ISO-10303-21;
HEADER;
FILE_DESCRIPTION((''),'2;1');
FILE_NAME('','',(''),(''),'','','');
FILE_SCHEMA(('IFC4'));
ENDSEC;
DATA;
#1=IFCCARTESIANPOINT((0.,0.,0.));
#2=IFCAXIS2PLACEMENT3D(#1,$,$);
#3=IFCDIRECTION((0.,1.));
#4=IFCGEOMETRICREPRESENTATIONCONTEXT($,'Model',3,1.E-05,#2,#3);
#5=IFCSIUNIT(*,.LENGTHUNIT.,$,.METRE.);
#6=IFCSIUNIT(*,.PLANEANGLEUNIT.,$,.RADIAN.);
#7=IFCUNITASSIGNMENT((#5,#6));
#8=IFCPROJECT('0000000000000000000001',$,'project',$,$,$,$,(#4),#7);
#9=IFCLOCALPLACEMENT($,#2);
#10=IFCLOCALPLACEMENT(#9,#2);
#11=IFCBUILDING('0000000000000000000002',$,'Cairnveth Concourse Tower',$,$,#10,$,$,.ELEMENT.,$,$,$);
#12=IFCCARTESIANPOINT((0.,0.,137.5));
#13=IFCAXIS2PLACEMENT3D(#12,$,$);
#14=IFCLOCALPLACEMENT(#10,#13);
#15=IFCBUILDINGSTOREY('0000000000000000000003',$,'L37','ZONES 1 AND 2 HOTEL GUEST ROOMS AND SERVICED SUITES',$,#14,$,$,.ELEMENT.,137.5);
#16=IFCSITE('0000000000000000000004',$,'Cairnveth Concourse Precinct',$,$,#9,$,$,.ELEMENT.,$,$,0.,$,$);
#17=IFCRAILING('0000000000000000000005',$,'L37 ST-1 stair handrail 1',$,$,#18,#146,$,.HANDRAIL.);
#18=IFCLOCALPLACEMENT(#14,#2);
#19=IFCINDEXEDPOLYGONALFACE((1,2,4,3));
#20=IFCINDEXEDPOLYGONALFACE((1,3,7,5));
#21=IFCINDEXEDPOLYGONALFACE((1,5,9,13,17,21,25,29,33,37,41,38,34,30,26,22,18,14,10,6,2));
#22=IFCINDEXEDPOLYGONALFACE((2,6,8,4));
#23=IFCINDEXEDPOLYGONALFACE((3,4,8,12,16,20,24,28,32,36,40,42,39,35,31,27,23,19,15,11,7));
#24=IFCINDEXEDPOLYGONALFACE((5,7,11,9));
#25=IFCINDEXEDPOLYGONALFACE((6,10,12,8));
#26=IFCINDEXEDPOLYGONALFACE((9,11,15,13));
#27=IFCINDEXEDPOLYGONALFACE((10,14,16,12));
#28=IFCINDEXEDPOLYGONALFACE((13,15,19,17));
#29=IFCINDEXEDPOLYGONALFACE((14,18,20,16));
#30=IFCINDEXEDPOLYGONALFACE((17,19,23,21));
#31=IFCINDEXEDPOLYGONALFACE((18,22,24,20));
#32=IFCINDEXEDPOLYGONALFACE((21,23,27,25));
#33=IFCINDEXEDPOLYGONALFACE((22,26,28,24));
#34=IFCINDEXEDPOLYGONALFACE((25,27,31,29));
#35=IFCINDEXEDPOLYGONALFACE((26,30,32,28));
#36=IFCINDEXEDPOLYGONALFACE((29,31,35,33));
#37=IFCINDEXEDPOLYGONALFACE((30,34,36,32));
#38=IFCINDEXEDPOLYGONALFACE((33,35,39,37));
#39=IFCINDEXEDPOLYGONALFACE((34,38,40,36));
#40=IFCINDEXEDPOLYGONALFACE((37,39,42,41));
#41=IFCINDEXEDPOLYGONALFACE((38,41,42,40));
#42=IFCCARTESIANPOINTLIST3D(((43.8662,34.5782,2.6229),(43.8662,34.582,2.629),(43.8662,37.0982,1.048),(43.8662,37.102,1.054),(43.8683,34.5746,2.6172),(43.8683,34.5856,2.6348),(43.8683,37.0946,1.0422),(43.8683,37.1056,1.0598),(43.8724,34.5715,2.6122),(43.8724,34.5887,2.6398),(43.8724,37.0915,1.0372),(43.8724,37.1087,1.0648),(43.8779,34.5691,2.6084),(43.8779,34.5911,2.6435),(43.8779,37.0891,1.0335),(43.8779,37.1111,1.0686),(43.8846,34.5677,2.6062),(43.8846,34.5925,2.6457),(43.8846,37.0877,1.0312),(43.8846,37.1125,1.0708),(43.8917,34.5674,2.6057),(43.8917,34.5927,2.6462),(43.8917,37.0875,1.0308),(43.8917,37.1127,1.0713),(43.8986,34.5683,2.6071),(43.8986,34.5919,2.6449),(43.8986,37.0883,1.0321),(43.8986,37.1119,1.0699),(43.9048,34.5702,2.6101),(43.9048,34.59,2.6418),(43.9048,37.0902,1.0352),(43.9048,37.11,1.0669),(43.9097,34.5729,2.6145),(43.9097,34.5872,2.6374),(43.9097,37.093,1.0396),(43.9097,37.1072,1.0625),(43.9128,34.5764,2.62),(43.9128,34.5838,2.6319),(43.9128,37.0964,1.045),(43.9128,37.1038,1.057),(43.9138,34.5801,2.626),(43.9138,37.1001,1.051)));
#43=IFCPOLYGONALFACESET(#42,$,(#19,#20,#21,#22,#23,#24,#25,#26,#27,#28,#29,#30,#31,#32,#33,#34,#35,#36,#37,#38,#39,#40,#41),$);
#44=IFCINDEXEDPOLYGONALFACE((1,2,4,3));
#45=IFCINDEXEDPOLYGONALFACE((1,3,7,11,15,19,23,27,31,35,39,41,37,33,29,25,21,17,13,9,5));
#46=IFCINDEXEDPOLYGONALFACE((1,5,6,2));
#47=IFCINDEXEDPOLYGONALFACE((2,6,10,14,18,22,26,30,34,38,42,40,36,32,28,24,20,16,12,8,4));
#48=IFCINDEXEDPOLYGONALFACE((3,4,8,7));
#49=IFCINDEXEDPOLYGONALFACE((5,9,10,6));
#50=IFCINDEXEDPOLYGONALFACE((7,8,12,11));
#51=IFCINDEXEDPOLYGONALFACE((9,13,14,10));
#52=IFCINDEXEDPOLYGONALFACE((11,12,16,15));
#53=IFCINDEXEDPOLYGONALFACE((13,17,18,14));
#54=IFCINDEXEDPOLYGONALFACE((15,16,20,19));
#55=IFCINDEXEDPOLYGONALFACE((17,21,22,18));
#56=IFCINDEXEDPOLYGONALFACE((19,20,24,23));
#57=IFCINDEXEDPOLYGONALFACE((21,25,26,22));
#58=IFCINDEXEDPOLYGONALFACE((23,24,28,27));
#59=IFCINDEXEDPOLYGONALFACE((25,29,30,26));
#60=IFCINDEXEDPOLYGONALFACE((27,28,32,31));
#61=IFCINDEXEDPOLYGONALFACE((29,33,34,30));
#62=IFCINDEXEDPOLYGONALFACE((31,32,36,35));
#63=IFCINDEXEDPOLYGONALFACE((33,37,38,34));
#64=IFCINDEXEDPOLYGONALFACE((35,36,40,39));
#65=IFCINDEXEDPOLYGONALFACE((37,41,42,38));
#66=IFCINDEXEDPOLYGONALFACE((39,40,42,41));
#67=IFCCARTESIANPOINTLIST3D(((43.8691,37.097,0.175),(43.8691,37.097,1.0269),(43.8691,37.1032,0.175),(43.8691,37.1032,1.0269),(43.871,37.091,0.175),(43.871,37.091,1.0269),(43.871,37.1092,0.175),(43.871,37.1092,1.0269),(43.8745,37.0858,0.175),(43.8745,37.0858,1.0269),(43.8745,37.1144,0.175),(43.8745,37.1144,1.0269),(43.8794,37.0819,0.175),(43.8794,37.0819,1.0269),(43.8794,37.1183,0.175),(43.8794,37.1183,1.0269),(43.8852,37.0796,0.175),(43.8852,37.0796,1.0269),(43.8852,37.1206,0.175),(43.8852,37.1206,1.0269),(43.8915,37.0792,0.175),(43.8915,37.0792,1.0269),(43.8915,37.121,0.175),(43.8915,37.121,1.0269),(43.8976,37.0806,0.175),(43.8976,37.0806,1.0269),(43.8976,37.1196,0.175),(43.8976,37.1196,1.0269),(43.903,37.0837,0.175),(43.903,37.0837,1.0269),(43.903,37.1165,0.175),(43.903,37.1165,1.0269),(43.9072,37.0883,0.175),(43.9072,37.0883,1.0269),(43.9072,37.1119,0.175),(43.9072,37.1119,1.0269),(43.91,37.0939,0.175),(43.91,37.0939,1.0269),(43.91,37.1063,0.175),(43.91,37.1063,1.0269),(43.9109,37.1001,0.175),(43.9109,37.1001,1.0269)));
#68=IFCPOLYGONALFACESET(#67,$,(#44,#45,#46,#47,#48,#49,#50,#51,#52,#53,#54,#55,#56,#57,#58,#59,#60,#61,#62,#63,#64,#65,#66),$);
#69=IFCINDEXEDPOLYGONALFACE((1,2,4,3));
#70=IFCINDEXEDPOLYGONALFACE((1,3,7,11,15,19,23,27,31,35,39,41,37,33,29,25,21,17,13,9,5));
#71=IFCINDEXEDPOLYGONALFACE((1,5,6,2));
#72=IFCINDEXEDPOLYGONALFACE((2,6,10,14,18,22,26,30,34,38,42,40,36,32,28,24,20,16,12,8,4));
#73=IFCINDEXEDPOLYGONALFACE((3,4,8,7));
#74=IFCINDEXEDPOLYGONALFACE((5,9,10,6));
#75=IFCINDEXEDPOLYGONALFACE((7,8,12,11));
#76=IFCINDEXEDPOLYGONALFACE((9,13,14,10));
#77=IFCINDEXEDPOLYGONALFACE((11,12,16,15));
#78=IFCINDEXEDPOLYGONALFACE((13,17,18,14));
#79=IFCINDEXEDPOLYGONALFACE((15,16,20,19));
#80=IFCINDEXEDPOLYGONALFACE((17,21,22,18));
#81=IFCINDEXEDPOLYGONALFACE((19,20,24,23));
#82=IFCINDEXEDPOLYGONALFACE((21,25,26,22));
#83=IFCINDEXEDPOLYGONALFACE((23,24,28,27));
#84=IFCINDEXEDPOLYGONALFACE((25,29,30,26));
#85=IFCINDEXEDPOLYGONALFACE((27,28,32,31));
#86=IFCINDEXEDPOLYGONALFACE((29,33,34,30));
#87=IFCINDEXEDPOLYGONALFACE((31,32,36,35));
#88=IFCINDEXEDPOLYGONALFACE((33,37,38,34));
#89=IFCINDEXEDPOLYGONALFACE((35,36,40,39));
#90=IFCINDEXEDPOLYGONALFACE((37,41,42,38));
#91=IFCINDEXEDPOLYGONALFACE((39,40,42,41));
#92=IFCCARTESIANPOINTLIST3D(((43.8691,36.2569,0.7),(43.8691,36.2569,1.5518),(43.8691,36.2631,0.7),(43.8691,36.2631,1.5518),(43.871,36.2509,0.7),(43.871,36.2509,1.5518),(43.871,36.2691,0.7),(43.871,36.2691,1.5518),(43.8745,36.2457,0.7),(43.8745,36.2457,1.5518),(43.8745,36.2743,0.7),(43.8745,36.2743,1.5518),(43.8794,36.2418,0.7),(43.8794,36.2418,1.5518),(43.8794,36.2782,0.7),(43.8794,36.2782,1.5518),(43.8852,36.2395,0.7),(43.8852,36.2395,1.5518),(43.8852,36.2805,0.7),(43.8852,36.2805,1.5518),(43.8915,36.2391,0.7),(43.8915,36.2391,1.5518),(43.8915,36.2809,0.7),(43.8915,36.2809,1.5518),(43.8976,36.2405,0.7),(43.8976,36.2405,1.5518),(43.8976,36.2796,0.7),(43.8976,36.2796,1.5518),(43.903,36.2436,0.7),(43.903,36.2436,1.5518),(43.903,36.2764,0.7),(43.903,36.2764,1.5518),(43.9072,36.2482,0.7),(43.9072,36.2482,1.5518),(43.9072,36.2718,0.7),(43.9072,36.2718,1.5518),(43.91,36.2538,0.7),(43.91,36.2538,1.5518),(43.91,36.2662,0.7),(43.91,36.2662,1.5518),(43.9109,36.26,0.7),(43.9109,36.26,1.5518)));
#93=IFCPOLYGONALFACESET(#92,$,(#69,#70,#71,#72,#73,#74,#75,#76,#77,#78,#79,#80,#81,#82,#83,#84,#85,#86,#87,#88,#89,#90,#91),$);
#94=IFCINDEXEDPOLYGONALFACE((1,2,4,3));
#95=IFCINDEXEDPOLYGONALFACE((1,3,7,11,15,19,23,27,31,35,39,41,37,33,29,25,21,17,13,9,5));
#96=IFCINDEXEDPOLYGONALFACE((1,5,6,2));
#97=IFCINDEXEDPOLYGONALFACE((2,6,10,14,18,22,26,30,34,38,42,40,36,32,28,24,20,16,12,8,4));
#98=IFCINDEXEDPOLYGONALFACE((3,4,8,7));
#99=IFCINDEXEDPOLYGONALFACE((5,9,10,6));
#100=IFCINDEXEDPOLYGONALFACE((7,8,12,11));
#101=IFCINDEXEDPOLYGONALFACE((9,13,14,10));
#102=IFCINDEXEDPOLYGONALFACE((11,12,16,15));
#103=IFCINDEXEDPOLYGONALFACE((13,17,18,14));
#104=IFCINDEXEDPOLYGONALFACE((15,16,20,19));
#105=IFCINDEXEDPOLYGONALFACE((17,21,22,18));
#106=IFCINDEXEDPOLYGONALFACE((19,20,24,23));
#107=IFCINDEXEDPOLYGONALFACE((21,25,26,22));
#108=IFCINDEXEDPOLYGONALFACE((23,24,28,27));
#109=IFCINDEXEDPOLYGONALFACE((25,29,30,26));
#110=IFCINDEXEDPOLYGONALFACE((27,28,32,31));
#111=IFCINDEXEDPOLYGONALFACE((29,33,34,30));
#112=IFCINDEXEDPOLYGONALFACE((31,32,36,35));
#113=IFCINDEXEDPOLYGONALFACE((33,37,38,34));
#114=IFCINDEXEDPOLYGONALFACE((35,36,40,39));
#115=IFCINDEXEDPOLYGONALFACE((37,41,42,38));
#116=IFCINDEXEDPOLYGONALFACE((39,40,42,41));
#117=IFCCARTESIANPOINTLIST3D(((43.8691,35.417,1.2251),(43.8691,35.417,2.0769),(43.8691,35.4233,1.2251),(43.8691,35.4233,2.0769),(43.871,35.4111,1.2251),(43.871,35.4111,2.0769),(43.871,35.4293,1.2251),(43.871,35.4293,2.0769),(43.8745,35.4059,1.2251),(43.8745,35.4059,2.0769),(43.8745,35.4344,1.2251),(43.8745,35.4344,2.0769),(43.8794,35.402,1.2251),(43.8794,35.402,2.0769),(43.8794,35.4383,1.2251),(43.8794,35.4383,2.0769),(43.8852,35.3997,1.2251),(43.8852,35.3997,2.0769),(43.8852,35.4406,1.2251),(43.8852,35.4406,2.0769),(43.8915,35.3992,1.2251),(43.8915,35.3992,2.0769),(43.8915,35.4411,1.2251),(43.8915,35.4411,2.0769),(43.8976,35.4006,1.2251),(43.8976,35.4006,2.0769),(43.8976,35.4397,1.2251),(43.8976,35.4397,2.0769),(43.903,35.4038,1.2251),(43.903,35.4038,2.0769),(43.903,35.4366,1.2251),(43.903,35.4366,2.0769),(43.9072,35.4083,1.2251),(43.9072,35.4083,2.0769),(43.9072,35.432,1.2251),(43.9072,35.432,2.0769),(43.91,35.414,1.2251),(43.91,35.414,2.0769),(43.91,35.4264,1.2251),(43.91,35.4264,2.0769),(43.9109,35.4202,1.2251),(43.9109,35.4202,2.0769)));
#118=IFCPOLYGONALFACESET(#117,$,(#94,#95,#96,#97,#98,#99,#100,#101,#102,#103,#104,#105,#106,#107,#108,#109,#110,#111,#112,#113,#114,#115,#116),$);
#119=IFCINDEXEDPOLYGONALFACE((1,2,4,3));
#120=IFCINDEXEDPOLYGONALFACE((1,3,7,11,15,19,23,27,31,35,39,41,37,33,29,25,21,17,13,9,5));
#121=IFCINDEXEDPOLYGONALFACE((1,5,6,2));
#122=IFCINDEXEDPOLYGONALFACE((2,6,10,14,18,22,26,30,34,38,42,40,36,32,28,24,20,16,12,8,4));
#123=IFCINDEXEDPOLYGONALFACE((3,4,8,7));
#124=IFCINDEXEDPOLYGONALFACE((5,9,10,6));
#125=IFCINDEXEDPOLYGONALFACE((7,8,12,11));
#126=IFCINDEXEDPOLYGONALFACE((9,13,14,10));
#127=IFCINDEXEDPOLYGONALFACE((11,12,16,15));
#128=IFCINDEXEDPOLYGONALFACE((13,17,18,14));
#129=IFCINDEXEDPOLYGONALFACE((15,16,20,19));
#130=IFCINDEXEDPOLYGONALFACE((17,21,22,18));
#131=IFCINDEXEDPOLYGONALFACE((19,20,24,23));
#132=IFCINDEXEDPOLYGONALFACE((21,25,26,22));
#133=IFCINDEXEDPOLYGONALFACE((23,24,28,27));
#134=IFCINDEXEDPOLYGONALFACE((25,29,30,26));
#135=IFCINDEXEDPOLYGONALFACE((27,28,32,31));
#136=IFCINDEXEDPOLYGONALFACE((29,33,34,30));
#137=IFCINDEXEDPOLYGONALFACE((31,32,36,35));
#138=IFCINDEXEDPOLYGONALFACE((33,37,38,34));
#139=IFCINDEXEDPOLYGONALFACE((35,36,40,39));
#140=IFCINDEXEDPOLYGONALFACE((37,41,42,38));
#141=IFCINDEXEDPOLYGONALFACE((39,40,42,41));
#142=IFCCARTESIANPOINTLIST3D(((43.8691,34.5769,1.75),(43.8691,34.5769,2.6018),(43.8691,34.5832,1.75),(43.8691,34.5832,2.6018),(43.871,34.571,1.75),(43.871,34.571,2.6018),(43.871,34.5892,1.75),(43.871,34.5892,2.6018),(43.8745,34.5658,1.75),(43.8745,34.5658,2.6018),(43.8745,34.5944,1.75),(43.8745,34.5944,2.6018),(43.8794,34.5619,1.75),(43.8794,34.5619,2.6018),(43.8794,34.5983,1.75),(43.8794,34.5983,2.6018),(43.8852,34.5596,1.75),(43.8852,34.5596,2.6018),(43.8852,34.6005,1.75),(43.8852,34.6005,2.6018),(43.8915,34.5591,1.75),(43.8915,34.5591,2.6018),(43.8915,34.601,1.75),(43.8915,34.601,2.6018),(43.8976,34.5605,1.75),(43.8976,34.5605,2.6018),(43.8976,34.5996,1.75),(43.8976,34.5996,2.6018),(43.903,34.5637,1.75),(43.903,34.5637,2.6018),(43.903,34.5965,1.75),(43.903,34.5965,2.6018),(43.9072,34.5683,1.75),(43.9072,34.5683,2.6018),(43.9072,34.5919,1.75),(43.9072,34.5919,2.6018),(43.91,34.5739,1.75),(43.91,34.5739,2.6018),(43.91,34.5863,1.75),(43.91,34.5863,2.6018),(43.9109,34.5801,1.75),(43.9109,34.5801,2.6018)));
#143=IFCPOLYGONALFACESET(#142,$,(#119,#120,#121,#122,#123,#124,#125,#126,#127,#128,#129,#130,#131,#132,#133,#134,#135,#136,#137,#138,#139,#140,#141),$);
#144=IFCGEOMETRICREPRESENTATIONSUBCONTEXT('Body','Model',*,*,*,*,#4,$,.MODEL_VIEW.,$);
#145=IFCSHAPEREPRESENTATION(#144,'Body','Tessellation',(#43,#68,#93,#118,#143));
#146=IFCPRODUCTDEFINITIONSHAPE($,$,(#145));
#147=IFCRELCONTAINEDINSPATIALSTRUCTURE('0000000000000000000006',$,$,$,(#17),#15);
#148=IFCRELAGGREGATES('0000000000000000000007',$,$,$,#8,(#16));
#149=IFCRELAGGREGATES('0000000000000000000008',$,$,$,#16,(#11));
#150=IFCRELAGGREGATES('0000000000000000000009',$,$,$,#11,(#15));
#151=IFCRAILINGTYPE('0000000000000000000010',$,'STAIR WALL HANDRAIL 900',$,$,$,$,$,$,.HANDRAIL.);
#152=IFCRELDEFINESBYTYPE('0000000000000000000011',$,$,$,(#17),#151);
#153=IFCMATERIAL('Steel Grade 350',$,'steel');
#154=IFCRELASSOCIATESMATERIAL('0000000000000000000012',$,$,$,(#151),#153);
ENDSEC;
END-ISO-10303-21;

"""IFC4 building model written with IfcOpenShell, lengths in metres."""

from ifc_helpers import new_model, si_unit, direction, frame, origin, origin_2d, place, context, subcontext, project, spatial, circle, extrude, material, type_object, element, save


model = new_model("IFC4")

# Units and contexts
model_context = context("Model", 3, precision=1e-05, world=origin(), true_north=direction((0.0, 1.0)))
body_context = subcontext(model_context, "Body", "Model", "MODEL_VIEW")
ifc_project = project(units=[si_unit("LENGTHUNIT", "METRE"), si_unit("PLANEANGLEUNIT", "RADIAN")], contexts=[model_context])

# Site, building, storey
site_placement = place(None, origin())
site = spatial("IfcSite", under=ifc_project, at=site_placement, Name="Cairnveth Concourse Precinct", CompositionType="ELEMENT", RefElevation=0.0)
building_placement = place(site_placement, origin())
building = spatial("IfcBuilding", under=site, at=building_placement, Name="Cairnveth Concourse Tower", CompositionType="ELEMENT")
storey_placement = place(building_placement, frame((0.0, 0.0, 137.5)))
storey = spatial("IfcBuildingStorey", under=building, at=storey_placement, Name="L37", Description="ZONES 1 AND 2 HOTEL GUEST ROOMS AND SERVICED SUITES", CompositionType="ELEMENT", Elevation=137.5)

# Shared definitions
ifc_material_1 = material(Name="Steel Grade 350", Category="steel")

# Railing
railing_type_1 = type_object("IfcRailingType", Name="STAIR WALL HANDRAIL 900", PredefinedType="HANDRAIL", material=ifc_material_1)
railing_1_placement = place(storey_placement, frame((43.8899, 37.1001, 0.175)))
element("IfcRailing", 1, at=railing_1_placement, inside=storey, type_object=railing_type_1, Name="L37 ST-1 stair handrail 1", PredefinedType="HANDRAIL", context=body_context, shape_type="SweptSolid", body=[
    extrude(circle(Radius=0.0239, at=origin_2d()), frame((0.0, 0.0, 0.876), z_axis=(0.0, -0.848008, 0.529984), x_axis=(1.0, 0.0, 0.0)), (0.0, 0.0, 1.0), 2.9717),
    extrude(circle(Radius=0.021, at=origin_2d()), origin(), (0.0, 0.0, 1.0), 0.8518),
    extrude(circle(Radius=0.021, at=origin_2d()), frame((0.0, -0.8401, 0.5249)), (0.0, 0.0, 1.0), 0.8518),
    extrude(circle(Radius=0.021, at=origin_2d()), frame((0.0, -1.6799, 1.05)), (0.0, 0.0, 1.0), 0.8518),
    extrude(circle(Radius=0.021, at=origin_2d()), frame((0.0, -2.52, 1.575)), (0.0, 0.0, 1.0), 0.8518),
])

save(model, "model.ifc")
